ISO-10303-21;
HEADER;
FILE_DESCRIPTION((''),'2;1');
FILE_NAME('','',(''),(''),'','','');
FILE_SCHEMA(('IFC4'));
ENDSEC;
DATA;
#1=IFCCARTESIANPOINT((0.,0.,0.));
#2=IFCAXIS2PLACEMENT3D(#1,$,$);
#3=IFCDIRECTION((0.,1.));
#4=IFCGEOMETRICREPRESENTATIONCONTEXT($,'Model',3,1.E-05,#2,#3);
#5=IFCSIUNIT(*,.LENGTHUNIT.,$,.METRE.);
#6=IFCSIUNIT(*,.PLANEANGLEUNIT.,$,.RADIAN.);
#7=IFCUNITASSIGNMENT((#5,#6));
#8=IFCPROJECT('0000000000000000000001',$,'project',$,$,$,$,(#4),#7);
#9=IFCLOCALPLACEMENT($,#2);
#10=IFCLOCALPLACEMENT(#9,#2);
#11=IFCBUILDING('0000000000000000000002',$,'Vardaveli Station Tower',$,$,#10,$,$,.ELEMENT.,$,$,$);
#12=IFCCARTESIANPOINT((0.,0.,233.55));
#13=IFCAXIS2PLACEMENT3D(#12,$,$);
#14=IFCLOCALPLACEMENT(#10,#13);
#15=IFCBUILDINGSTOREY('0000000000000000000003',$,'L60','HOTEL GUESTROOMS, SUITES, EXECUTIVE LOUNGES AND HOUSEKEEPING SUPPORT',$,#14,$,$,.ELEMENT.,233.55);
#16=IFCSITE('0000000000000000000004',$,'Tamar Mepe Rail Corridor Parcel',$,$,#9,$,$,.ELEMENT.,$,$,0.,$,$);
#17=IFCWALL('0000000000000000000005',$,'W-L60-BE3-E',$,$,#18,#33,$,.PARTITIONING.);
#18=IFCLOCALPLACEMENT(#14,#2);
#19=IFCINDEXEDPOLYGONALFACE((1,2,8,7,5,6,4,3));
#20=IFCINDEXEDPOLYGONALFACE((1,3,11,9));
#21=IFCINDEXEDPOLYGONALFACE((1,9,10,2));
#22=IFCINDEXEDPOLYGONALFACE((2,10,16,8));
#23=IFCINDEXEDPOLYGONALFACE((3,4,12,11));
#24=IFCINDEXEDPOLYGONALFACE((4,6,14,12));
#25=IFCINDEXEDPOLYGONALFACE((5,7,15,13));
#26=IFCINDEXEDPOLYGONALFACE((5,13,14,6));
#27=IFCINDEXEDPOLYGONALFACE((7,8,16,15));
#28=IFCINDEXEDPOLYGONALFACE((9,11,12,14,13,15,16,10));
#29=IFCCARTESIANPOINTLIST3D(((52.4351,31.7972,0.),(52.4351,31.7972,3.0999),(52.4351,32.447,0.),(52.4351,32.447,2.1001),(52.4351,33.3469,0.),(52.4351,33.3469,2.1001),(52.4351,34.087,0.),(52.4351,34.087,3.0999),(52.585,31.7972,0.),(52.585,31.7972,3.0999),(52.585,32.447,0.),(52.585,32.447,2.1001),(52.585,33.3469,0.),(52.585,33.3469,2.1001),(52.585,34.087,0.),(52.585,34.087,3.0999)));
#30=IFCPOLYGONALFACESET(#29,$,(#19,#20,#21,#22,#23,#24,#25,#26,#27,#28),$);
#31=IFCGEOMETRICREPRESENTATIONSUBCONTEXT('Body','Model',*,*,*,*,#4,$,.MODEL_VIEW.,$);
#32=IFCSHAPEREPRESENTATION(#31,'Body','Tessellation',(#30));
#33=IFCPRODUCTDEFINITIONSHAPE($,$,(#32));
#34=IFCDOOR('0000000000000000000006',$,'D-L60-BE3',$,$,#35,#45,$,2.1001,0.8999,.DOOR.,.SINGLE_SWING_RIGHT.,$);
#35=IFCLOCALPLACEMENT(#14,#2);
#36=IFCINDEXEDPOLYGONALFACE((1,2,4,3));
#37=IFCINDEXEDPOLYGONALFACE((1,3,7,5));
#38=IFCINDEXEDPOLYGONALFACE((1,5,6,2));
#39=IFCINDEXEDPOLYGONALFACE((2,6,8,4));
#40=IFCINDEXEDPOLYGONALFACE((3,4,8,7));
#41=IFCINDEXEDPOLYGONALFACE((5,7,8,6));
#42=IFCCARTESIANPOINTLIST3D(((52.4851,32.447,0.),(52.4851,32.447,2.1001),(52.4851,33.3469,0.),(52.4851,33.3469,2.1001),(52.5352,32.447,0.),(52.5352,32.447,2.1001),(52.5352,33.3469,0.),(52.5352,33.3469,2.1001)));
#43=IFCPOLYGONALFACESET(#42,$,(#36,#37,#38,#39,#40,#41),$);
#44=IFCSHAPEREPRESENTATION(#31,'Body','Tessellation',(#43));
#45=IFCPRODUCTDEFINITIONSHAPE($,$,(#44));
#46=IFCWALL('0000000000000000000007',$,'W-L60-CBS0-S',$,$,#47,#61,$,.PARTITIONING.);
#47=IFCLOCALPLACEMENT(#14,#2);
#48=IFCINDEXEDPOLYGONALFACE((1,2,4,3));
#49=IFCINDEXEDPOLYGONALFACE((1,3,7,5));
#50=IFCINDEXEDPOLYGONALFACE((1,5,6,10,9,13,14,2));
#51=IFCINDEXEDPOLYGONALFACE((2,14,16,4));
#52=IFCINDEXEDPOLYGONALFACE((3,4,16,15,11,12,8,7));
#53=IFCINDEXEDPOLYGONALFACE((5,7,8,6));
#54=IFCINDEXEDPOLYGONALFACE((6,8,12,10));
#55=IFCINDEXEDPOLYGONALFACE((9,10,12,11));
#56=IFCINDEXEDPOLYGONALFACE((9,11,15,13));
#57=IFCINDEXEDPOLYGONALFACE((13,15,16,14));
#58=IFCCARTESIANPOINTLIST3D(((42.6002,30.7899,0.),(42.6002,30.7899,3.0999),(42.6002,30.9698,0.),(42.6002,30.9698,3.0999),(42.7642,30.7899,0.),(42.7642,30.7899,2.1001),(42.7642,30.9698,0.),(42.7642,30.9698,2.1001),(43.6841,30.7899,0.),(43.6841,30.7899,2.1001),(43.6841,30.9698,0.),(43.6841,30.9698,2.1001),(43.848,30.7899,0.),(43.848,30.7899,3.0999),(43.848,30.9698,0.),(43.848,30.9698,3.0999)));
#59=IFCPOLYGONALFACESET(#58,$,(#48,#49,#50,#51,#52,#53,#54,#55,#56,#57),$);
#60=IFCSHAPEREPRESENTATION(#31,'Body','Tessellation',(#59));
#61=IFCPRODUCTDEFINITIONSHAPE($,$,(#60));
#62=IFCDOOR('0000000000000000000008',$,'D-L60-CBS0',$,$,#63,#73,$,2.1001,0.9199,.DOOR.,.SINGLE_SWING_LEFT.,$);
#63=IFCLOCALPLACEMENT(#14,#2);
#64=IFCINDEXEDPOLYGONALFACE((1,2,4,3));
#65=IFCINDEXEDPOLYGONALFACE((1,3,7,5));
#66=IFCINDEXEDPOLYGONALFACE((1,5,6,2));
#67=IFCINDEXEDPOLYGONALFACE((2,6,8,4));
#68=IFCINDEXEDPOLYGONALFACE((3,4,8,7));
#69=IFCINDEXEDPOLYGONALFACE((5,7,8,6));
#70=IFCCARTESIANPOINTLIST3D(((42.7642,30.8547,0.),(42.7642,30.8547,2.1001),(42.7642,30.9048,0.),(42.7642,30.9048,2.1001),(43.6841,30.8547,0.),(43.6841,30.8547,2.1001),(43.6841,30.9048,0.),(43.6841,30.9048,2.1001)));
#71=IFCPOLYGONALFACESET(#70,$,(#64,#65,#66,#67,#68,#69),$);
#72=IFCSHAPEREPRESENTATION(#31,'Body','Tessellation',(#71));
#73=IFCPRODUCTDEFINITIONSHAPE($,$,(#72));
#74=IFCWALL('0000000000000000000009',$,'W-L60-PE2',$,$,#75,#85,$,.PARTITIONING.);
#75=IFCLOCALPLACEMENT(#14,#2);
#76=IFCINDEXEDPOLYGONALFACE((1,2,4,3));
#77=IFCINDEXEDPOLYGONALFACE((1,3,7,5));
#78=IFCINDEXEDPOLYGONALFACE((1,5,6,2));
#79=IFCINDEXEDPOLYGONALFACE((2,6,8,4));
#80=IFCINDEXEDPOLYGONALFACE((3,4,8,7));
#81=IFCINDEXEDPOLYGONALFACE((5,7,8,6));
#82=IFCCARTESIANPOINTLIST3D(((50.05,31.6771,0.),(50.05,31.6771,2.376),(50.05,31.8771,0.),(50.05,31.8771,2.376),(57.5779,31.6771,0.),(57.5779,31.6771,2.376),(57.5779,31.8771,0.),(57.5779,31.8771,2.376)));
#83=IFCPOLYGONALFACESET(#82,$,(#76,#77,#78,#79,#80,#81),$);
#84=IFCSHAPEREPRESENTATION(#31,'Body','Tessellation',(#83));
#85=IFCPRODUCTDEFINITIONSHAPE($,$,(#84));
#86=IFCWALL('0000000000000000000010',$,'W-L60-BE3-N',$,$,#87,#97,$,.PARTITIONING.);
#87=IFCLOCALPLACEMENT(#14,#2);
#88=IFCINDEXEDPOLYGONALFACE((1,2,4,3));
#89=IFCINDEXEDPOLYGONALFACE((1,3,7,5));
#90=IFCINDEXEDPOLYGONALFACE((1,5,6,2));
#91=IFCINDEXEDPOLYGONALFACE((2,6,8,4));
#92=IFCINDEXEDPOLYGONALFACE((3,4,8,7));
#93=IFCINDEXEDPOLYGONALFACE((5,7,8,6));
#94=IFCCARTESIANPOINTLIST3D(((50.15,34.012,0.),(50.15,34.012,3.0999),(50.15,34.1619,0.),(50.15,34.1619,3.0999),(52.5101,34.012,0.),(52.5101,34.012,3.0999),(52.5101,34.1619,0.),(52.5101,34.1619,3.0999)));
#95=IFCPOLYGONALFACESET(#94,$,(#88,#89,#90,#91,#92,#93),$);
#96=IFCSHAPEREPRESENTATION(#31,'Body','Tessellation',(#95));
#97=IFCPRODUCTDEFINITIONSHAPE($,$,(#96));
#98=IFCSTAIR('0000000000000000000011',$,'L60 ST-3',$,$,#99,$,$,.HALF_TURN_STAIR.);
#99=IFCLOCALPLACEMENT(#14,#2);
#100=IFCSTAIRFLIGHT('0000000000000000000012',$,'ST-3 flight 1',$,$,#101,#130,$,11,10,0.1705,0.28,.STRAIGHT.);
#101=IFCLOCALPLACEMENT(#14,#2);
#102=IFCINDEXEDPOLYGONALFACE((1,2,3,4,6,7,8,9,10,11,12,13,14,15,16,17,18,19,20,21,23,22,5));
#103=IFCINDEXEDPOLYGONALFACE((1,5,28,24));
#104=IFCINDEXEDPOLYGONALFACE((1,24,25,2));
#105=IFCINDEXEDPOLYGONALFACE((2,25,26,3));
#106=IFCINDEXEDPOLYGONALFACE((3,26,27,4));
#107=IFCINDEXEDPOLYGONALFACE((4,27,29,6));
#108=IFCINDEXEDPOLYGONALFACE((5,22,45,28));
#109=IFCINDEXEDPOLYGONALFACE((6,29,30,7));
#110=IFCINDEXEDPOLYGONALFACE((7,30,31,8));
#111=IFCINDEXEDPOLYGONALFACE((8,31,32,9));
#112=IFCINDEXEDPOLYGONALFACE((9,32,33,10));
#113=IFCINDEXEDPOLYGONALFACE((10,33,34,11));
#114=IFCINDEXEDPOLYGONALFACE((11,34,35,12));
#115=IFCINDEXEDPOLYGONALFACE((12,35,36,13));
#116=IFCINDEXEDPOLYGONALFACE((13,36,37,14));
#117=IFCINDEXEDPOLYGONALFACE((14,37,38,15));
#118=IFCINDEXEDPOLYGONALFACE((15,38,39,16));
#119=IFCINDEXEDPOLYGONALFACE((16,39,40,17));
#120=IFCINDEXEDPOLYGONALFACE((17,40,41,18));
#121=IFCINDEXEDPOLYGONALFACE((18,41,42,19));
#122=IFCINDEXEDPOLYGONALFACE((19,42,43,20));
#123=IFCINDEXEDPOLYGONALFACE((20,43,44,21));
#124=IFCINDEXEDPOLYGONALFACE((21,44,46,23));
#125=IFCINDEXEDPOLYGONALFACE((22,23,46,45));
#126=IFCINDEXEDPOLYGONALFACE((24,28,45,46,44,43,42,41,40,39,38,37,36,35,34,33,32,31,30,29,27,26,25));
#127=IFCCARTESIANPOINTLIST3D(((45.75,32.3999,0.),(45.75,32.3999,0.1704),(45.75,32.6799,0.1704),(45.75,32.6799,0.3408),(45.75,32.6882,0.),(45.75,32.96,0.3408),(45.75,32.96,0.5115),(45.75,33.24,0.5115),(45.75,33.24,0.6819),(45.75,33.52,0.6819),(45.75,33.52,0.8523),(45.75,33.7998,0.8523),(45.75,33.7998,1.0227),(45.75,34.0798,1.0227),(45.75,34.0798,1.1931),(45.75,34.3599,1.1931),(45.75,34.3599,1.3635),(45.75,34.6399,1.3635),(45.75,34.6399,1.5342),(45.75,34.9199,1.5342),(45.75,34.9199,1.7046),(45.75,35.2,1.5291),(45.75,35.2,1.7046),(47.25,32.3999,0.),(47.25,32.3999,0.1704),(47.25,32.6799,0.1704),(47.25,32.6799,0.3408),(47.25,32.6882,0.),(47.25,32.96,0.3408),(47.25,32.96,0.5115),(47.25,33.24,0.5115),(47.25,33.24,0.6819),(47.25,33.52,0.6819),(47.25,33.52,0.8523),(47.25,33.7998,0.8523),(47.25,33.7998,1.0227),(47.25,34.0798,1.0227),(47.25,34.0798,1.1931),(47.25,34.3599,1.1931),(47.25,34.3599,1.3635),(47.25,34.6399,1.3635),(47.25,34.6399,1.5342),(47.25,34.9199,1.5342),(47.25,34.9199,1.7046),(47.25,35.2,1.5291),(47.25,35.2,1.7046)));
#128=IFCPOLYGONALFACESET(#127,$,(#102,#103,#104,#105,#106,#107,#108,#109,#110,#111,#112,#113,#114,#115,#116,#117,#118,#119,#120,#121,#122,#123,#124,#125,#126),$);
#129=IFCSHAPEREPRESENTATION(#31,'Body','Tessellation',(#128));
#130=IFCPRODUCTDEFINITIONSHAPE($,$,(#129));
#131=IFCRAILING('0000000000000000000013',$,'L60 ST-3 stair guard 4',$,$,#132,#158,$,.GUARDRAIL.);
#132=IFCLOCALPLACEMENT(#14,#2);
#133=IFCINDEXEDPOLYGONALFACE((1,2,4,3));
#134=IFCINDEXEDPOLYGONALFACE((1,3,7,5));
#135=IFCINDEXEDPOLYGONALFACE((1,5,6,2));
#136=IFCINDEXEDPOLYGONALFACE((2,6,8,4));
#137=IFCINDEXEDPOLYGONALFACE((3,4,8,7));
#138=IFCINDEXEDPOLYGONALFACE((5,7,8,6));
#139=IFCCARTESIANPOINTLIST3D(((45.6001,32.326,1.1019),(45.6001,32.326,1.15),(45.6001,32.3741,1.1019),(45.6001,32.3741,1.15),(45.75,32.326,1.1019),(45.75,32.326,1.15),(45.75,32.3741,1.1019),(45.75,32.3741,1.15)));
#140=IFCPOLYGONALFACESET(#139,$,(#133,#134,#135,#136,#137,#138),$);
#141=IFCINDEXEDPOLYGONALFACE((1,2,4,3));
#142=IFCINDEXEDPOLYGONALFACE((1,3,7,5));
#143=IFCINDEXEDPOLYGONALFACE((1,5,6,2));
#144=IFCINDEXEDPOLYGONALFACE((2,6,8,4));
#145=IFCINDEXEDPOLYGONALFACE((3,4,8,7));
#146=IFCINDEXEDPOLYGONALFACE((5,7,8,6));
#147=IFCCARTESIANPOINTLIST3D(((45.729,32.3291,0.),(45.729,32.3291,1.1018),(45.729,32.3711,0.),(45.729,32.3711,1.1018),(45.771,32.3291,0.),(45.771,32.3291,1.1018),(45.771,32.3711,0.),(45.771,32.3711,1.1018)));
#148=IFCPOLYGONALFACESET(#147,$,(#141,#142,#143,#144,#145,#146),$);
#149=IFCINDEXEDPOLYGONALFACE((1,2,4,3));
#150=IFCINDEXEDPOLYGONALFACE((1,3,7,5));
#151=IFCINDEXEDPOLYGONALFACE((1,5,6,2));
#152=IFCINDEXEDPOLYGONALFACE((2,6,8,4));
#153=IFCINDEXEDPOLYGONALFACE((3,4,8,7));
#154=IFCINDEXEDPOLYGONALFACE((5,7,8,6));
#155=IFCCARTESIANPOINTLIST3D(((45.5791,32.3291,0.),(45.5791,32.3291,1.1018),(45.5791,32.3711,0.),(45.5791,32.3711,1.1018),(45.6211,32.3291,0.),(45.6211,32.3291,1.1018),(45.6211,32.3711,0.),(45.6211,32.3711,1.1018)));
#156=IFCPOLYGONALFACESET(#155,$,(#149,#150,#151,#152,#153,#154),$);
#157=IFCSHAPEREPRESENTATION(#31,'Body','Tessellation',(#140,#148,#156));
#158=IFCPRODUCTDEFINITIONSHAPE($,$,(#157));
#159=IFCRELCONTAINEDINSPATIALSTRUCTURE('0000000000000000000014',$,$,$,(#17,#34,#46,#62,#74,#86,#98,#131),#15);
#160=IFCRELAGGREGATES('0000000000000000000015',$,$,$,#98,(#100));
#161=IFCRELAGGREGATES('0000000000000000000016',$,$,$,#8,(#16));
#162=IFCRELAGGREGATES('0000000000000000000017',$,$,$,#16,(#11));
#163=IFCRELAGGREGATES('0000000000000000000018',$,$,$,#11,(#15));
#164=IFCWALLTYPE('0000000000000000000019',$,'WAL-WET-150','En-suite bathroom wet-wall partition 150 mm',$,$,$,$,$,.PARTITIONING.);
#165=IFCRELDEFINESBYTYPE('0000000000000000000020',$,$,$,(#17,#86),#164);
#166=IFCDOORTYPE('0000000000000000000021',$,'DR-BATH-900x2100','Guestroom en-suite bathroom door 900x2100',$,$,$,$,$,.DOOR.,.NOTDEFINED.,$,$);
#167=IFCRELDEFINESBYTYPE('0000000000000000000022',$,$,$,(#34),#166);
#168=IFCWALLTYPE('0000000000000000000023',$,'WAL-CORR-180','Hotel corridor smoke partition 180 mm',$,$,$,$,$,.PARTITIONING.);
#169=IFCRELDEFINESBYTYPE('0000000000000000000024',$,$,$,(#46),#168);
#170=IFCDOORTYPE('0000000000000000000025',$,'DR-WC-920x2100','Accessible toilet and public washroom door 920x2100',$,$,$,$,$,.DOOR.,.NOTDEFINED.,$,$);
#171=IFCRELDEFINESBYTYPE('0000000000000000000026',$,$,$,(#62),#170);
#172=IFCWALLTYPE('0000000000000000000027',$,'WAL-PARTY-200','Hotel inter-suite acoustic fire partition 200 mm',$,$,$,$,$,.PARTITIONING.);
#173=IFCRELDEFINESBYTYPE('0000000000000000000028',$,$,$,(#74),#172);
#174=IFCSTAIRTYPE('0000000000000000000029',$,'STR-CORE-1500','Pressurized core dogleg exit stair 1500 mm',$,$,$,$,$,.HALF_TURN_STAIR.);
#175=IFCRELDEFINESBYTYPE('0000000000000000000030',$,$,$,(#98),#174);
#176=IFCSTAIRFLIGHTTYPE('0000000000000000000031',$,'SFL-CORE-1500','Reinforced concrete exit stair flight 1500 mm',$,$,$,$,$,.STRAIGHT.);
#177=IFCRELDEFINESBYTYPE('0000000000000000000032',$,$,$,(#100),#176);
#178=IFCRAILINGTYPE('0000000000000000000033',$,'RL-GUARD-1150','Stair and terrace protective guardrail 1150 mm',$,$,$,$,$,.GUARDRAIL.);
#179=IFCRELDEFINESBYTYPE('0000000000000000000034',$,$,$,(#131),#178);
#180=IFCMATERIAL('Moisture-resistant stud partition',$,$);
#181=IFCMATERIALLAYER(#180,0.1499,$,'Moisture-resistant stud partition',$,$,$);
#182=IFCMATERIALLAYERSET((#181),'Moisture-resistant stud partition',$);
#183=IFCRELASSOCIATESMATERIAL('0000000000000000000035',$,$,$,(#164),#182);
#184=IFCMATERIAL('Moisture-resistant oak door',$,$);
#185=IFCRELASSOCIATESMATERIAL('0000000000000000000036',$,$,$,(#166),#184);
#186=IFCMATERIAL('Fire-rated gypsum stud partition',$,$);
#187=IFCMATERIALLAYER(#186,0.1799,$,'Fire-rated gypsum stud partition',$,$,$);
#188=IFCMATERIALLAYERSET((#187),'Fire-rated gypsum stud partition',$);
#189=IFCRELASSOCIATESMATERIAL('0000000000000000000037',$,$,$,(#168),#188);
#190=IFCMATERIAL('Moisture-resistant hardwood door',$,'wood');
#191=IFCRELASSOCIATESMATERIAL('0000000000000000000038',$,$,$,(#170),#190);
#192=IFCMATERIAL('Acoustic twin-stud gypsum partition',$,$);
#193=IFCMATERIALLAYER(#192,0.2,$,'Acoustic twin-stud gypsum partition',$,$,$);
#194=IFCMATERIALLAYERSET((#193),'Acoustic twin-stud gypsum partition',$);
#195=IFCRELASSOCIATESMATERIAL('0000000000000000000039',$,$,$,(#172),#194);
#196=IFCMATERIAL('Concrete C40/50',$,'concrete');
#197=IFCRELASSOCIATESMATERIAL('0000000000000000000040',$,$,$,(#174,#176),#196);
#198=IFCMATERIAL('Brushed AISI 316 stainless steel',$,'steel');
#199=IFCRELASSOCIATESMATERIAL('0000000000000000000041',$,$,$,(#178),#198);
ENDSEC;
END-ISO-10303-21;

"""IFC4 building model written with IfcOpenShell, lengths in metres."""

from ifc_helpers import new_model, si_unit, direction, frame, frame_2d, origin, origin_2d, place, context, subcontext, project, spatial, polyline, rectangle, outline, extrude, source, transform, mapped, material, layer, layer_set, type_object, element, fill, aggregate, save


model = new_model("IFC4")

# Units and contexts
model_context = context("Model", 3, precision=1e-05, world=origin(), true_north=direction((0.0, 1.0)))
body_context = subcontext(model_context, "Body", "Model", "MODEL_VIEW")
ifc_project = project(units=[si_unit("LENGTHUNIT", "METRE"), si_unit("PLANEANGLEUNIT", "RADIAN")], contexts=[model_context])

# Site, building, storey
site_placement = place(None, origin())
site = spatial("IfcSite", under=ifc_project, at=site_placement, Name="Tamar Mepe Rail Corridor Parcel", CompositionType="ELEMENT", RefElevation=0.0)
building_placement = place(site_placement, origin())
building = spatial("IfcBuilding", under=site, at=building_placement, Name="Vardaveli Station Tower", CompositionType="ELEMENT")
storey_placement = place(building_placement, frame((0.0, 0.0, 233.55)))
storey = spatial("IfcBuildingStorey", under=building, at=storey_placement, Name="L60", Description="HOTEL GUESTROOMS, SUITES, EXECUTIVE LOUNGES AND HOUSEKEEPING SUPPORT", CompositionType="ELEMENT", Elevation=233.55)

# Shared definitions
ifc_material_1 = material(Name="Concrete C40/50", Category="concrete")

# Walls, openings, doors
ifc_material_2 = material(Name="Moisture-resistant stud partition")
ifc_layer_1 = layer(ifc_material_2, 0.1499, Name="Moisture-resistant stud partition")
ifc_layer_set_1 = layer_set([ifc_layer_1], Name="Moisture-resistant stud partition")
wall_type_1 = type_object("IfcWallType", Name="WAL-WET-150", Description="En-suite bathroom wet-wall partition 150 mm", PredefinedType="PARTITIONING", material=ifc_layer_set_1)
shared_shape_1 = source(origin(), body_context, "Body", "SweptSolid", [
    extrude(rectangle(XDim=2.2898, YDim=0.1499, at=frame_2d((1.145, 0.0))), origin(), (0.0, 0.0, 1.0), 3.0999),
])
wall_1_placement = place(storey_placement, frame((52.51, 31.7971, 0.0), z_axis=(0.0, 0.0, 1.0), x_axis=(0.0, 1.0, 0.0)))
wall_1 = element("IfcWall", 1, at=wall_1_placement, inside=storey, type_object=wall_type_1, Name="W-L60-BE3-E", PredefinedType="PARTITIONING", context=body_context, shape_type="MappedRepresentation", body=[
    mapped(shared_shape_1, transform((0.0, 0.0, 0.0), scale=1.0)),
])
shared_shape_2 = source(origin(), body_context, "Body", "SweptSolid", [
    extrude(rectangle(XDim=0.8999, YDim=2.1001, at=frame_2d((0.45, 1.05))), frame((0.0, 0.085, 0.0), z_axis=(0.0, -1.0, 0.0), x_axis=(1.0, 0.0, 0.0)), (0.0, 0.0, 1.0), 0.1699),
])
opening_1_placement = place(wall_1_placement, frame((0.6499, 0.0, 0.0)))
opening_1 = element("IfcOpeningElement", 2, at=opening_1_placement, cuts=wall_1, PredefinedType="OPENING", context=body_context, shape_type="MappedRepresentation", body=[
    mapped(shared_shape_2, transform((0.0, 0.0, 0.0), scale=1.0)),
])
ifc_material_3 = material(Name="Moisture-resistant oak door")
door_type_1 = type_object("IfcDoorType", Name="DR-BATH-900x2100", Description="Guestroom en-suite bathroom door 900x2100", OperationType="NOTDEFINED", PredefinedType="DOOR", material=ifc_material_3)
shared_shape_3 = source(origin(), body_context, "Body", "SweptSolid", [
    extrude(rectangle(XDim=0.8999, YDim=2.1001, at=frame_2d((0.45, 1.05))), frame((0.0, 0.0249, 0.0), z_axis=(0.0, -1.0, 0.0), x_axis=(1.0, 0.0, 0.0)), (0.0, 0.0, 1.0), 0.05),
])
door_1_placement = place(opening_1_placement, origin())
door_1 = element("IfcDoor", 3, at=door_1_placement, inside=storey, type_object=door_type_1, Name="D-L60-BE3", OperationType="SINGLE_SWING_RIGHT", OverallHeight=2.1001, OverallWidth=0.8999, PredefinedType="DOOR", context=body_context, shape_type="MappedRepresentation", body=[
    mapped(shared_shape_3, transform((0.0, 0.0, 0.0), scale=1.0)),
])
fill(opening_1, door_1)
ifc_material_4 = material(Name="Fire-rated gypsum stud partition")
ifc_layer_2 = layer(ifc_material_4, 0.1799, Name="Fire-rated gypsum stud partition")
ifc_layer_set_2 = layer_set([ifc_layer_2], Name="Fire-rated gypsum stud partition")
wall_type_2 = type_object("IfcWallType", Name="WAL-CORR-180", Description="Hotel corridor smoke partition 180 mm", PredefinedType="PARTITIONING", material=ifc_layer_set_2)
shared_shape_4 = source(origin(), body_context, "Body", "SweptSolid", [
    extrude(rectangle(XDim=1.2478, YDim=0.1799, at=frame_2d((0.624, 0.0))), origin(), (0.0, 0.0, 1.0), 3.0999),
])
wall_2_placement = place(storey_placement, frame((42.6001, 30.8799, 0.0), z_axis=(0.0, 0.0, 1.0), x_axis=(1.0, 0.0, 0.0)))
wall_2 = element("IfcWall", 4, at=wall_2_placement, inside=storey, type_object=wall_type_2, Name="W-L60-CBS0-S", PredefinedType="PARTITIONING", context=body_context, shape_type="MappedRepresentation", body=[
    mapped(shared_shape_4, transform((0.0, 0.0, 0.0), scale=1.0)),
])
shared_shape_5 = source(origin(), body_context, "Body", "SweptSolid", [
    extrude(rectangle(XDim=0.9199, YDim=2.1001, at=frame_2d((0.46, 1.05))), frame((0.0, 0.1001, 0.0), z_axis=(0.0, -1.0, 0.0), x_axis=(1.0, 0.0, 0.0)), (0.0, 0.0, 1.0), 0.2),
])
opening_2_placement = place(wall_2_placement, frame((0.1641, 0.0, 0.0)))
opening_2 = element("IfcOpeningElement", 5, at=opening_2_placement, cuts=wall_2, PredefinedType="OPENING", context=body_context, shape_type="MappedRepresentation", body=[
    mapped(shared_shape_5, transform((0.0, 0.0, 0.0), scale=1.0)),
])
ifc_material_5 = material(Name="Moisture-resistant hardwood door", Category="wood")
door_type_2 = type_object("IfcDoorType", Name="DR-WC-920x2100", Description="Accessible toilet and public washroom door 920x2100", OperationType="NOTDEFINED", PredefinedType="DOOR", material=ifc_material_5)
shared_shape_6 = source(origin(), body_context, "Body", "SweptSolid", [
    extrude(rectangle(XDim=0.9199, YDim=2.1001, at=frame_2d((0.46, 1.05))), frame((0.0, 0.0249, 0.0), z_axis=(0.0, -1.0, 0.0), x_axis=(1.0, 0.0, 0.0)), (0.0, 0.0, 1.0), 0.05),
])
door_2_placement = place(opening_2_placement, origin())
door_2 = element("IfcDoor", 6, at=door_2_placement, inside=storey, type_object=door_type_2, Name="D-L60-CBS0", OperationType="SINGLE_SWING_LEFT", OverallHeight=2.1001, OverallWidth=0.9199, PredefinedType="DOOR", context=body_context, shape_type="MappedRepresentation", body=[
    mapped(shared_shape_6, transform((0.0, 0.0, 0.0), scale=1.0)),
])
fill(opening_2, door_2)

# Walls
ifc_material_6 = material(Name="Acoustic twin-stud gypsum partition")
ifc_layer_3 = layer(ifc_material_6, 0.2, Name="Acoustic twin-stud gypsum partition")
ifc_layer_set_3 = layer_set([ifc_layer_3], Name="Acoustic twin-stud gypsum partition")
wall_type_3 = type_object("IfcWallType", Name="WAL-PARTY-200", Description="Hotel inter-suite acoustic fire partition 200 mm", PredefinedType="PARTITIONING", material=ifc_layer_set_3)
shared_shape_7 = source(origin(), body_context, "Body", "SweptSolid", [
    extrude(rectangle(XDim=7.5278, YDim=0.2, at=frame_2d((3.7639, 0.0))), origin(), (0.0, 0.0, 1.0), 2.376),
])
wall_3_placement = place(storey_placement, frame((50.05, 31.7771, 0.0), z_axis=(0.0, 0.0, 1.0), x_axis=(1.0, 0.0, 0.0)))
element("IfcWall", 7, at=wall_3_placement, inside=storey, type_object=wall_type_3, Name="W-L60-PE2", PredefinedType="PARTITIONING", context=body_context, shape_type="MappedRepresentation", body=[
    mapped(shared_shape_7, transform((0.0, 0.0, 0.0), scale=1.0)),
])
shared_shape_8 = source(origin(), body_context, "Body", "SweptSolid", [
    extrude(rectangle(XDim=2.3601, YDim=0.1499, at=frame_2d((1.1802, 0.0))), origin(), (0.0, 0.0, 1.0), 3.0999),
])
wall_4_placement = place(storey_placement, frame((50.1499, 34.0869, 0.0), z_axis=(0.0, 0.0, 1.0), x_axis=(1.0, 0.0, 0.0)))
element("IfcWall", 8, at=wall_4_placement, inside=storey, type_object=wall_type_1, Name="W-L60-BE3-N", PredefinedType="PARTITIONING", context=body_context, shape_type="MappedRepresentation", body=[
    mapped(shared_shape_8, transform((0.0, 0.0, 0.0), scale=1.0)),
])

# Stair, stair flight
stair_type = type_object("IfcStairType", Name="STR-CORE-1500", Description="Pressurized core dogleg exit stair 1500 mm", PredefinedType="HALF_TURN_STAIR", material=ifc_material_1)
stair_placement = place(storey_placement, origin())
stair = element("IfcStair", 9, at=stair_placement, inside=storey, type_object=stair_type, Name="L60 ST-3", PredefinedType="HALF_TURN_STAIR")
stair_flight_type = type_object("IfcStairFlightType", Name="SFL-CORE-1500", Description="Reinforced concrete exit stair flight 1500 mm", PredefinedType="STRAIGHT", material=ifc_material_1)
shared_shape_9 = source(origin(), body_context, "Body", "SweptSolid", [
    extrude(outline(polyline([(0.0, 0.0), (0.0, 0.1704), (0.28, 0.1704), (0.28, 0.3408), (0.5601, 0.3408), (0.5601, 0.5115), (0.8401, 0.5115), (0.8401, 0.6819), (1.1201, 0.6819), (1.1201, 0.8523), (1.3999, 0.8523), (1.3999, 1.0227), (1.6799, 1.0227), (1.6799, 1.1931), (1.96, 1.1931), (1.96, 1.3635), (2.24, 1.3635), (2.24, 1.5342), (2.52, 1.5342), (2.52, 1.7046), (2.8, 1.7046), (2.8, 1.875), (2.8, 1.5291), (0.2883, 0.0), (0.0, 0.0)])), frame((0.0, 0.75, 0.0), z_axis=(0.0, -1.0, 0.0), x_axis=(1.0, 0.0, 0.0)), (0.0, 0.0, 1.0), 1.5),
])
stair_flight_placement = place(storey_placement, frame((46.5, 32.3999, 0.0), z_axis=(0.0, 0.0, 1.0), x_axis=(0.0, 1.0, 0.0)))
stair_flight = element("IfcStairFlight", 10, at=stair_flight_placement, type_object=stair_flight_type, Name="ST-3 flight 1", NumberOfRisers=11, NumberOfTreads=10, PredefinedType="STRAIGHT", RiserHeight=0.1705, TreadLength=0.28, context=body_context, shape_type="MappedRepresentation", body=[
    mapped(shared_shape_9, transform((0.0, 0.0, 0.0), scale=1.0)),
])
aggregate(stair, [stair_flight])

# Railing
ifc_material_7 = material(Name="Brushed AISI 316 stainless steel", Category="steel")
railing_type_1 = type_object("IfcRailingType", Name="RL-GUARD-1150", Description="Stair and terrace protective guardrail 1150 mm", PredefinedType="GUARDRAIL", material=ifc_material_7)
shared_shape_10 = source(origin(), body_context, "Body", "SweptSolid", [
    extrude(rectangle(XDim=0.0481, YDim=0.0481, at=origin_2d()), frame((0.0, 0.0, 1.126), z_axis=(-1.0, 0.0, 0.0), x_axis=(0.0, -1.0, 0.0)), (0.0, 0.0, 1.0), 0.1499),
    extrude(rectangle(XDim=0.042, YDim=0.042, at=origin_2d()), origin(), (0.0, 0.0, 1.0), 1.1018),
    extrude(rectangle(XDim=0.042, YDim=0.042, at=origin_2d()), frame((-0.1499, 0.0, 0.0)), (0.0, 0.0, 1.0), 1.1018),
])
railing_1_placement = place(storey_placement, frame((45.75, 32.3501, 0.0)))
element("IfcRailing", 11, at=railing_1_placement, inside=storey, type_object=railing_type_1, Name="L60 ST-3 stair guard 4", PredefinedType="GUARDRAIL", context=body_context, shape_type="MappedRepresentation", body=[
    mapped(shared_shape_10, transform((0.0, 0.0, 0.0), scale=1.0)),
])

save(model, "model.ifc")
